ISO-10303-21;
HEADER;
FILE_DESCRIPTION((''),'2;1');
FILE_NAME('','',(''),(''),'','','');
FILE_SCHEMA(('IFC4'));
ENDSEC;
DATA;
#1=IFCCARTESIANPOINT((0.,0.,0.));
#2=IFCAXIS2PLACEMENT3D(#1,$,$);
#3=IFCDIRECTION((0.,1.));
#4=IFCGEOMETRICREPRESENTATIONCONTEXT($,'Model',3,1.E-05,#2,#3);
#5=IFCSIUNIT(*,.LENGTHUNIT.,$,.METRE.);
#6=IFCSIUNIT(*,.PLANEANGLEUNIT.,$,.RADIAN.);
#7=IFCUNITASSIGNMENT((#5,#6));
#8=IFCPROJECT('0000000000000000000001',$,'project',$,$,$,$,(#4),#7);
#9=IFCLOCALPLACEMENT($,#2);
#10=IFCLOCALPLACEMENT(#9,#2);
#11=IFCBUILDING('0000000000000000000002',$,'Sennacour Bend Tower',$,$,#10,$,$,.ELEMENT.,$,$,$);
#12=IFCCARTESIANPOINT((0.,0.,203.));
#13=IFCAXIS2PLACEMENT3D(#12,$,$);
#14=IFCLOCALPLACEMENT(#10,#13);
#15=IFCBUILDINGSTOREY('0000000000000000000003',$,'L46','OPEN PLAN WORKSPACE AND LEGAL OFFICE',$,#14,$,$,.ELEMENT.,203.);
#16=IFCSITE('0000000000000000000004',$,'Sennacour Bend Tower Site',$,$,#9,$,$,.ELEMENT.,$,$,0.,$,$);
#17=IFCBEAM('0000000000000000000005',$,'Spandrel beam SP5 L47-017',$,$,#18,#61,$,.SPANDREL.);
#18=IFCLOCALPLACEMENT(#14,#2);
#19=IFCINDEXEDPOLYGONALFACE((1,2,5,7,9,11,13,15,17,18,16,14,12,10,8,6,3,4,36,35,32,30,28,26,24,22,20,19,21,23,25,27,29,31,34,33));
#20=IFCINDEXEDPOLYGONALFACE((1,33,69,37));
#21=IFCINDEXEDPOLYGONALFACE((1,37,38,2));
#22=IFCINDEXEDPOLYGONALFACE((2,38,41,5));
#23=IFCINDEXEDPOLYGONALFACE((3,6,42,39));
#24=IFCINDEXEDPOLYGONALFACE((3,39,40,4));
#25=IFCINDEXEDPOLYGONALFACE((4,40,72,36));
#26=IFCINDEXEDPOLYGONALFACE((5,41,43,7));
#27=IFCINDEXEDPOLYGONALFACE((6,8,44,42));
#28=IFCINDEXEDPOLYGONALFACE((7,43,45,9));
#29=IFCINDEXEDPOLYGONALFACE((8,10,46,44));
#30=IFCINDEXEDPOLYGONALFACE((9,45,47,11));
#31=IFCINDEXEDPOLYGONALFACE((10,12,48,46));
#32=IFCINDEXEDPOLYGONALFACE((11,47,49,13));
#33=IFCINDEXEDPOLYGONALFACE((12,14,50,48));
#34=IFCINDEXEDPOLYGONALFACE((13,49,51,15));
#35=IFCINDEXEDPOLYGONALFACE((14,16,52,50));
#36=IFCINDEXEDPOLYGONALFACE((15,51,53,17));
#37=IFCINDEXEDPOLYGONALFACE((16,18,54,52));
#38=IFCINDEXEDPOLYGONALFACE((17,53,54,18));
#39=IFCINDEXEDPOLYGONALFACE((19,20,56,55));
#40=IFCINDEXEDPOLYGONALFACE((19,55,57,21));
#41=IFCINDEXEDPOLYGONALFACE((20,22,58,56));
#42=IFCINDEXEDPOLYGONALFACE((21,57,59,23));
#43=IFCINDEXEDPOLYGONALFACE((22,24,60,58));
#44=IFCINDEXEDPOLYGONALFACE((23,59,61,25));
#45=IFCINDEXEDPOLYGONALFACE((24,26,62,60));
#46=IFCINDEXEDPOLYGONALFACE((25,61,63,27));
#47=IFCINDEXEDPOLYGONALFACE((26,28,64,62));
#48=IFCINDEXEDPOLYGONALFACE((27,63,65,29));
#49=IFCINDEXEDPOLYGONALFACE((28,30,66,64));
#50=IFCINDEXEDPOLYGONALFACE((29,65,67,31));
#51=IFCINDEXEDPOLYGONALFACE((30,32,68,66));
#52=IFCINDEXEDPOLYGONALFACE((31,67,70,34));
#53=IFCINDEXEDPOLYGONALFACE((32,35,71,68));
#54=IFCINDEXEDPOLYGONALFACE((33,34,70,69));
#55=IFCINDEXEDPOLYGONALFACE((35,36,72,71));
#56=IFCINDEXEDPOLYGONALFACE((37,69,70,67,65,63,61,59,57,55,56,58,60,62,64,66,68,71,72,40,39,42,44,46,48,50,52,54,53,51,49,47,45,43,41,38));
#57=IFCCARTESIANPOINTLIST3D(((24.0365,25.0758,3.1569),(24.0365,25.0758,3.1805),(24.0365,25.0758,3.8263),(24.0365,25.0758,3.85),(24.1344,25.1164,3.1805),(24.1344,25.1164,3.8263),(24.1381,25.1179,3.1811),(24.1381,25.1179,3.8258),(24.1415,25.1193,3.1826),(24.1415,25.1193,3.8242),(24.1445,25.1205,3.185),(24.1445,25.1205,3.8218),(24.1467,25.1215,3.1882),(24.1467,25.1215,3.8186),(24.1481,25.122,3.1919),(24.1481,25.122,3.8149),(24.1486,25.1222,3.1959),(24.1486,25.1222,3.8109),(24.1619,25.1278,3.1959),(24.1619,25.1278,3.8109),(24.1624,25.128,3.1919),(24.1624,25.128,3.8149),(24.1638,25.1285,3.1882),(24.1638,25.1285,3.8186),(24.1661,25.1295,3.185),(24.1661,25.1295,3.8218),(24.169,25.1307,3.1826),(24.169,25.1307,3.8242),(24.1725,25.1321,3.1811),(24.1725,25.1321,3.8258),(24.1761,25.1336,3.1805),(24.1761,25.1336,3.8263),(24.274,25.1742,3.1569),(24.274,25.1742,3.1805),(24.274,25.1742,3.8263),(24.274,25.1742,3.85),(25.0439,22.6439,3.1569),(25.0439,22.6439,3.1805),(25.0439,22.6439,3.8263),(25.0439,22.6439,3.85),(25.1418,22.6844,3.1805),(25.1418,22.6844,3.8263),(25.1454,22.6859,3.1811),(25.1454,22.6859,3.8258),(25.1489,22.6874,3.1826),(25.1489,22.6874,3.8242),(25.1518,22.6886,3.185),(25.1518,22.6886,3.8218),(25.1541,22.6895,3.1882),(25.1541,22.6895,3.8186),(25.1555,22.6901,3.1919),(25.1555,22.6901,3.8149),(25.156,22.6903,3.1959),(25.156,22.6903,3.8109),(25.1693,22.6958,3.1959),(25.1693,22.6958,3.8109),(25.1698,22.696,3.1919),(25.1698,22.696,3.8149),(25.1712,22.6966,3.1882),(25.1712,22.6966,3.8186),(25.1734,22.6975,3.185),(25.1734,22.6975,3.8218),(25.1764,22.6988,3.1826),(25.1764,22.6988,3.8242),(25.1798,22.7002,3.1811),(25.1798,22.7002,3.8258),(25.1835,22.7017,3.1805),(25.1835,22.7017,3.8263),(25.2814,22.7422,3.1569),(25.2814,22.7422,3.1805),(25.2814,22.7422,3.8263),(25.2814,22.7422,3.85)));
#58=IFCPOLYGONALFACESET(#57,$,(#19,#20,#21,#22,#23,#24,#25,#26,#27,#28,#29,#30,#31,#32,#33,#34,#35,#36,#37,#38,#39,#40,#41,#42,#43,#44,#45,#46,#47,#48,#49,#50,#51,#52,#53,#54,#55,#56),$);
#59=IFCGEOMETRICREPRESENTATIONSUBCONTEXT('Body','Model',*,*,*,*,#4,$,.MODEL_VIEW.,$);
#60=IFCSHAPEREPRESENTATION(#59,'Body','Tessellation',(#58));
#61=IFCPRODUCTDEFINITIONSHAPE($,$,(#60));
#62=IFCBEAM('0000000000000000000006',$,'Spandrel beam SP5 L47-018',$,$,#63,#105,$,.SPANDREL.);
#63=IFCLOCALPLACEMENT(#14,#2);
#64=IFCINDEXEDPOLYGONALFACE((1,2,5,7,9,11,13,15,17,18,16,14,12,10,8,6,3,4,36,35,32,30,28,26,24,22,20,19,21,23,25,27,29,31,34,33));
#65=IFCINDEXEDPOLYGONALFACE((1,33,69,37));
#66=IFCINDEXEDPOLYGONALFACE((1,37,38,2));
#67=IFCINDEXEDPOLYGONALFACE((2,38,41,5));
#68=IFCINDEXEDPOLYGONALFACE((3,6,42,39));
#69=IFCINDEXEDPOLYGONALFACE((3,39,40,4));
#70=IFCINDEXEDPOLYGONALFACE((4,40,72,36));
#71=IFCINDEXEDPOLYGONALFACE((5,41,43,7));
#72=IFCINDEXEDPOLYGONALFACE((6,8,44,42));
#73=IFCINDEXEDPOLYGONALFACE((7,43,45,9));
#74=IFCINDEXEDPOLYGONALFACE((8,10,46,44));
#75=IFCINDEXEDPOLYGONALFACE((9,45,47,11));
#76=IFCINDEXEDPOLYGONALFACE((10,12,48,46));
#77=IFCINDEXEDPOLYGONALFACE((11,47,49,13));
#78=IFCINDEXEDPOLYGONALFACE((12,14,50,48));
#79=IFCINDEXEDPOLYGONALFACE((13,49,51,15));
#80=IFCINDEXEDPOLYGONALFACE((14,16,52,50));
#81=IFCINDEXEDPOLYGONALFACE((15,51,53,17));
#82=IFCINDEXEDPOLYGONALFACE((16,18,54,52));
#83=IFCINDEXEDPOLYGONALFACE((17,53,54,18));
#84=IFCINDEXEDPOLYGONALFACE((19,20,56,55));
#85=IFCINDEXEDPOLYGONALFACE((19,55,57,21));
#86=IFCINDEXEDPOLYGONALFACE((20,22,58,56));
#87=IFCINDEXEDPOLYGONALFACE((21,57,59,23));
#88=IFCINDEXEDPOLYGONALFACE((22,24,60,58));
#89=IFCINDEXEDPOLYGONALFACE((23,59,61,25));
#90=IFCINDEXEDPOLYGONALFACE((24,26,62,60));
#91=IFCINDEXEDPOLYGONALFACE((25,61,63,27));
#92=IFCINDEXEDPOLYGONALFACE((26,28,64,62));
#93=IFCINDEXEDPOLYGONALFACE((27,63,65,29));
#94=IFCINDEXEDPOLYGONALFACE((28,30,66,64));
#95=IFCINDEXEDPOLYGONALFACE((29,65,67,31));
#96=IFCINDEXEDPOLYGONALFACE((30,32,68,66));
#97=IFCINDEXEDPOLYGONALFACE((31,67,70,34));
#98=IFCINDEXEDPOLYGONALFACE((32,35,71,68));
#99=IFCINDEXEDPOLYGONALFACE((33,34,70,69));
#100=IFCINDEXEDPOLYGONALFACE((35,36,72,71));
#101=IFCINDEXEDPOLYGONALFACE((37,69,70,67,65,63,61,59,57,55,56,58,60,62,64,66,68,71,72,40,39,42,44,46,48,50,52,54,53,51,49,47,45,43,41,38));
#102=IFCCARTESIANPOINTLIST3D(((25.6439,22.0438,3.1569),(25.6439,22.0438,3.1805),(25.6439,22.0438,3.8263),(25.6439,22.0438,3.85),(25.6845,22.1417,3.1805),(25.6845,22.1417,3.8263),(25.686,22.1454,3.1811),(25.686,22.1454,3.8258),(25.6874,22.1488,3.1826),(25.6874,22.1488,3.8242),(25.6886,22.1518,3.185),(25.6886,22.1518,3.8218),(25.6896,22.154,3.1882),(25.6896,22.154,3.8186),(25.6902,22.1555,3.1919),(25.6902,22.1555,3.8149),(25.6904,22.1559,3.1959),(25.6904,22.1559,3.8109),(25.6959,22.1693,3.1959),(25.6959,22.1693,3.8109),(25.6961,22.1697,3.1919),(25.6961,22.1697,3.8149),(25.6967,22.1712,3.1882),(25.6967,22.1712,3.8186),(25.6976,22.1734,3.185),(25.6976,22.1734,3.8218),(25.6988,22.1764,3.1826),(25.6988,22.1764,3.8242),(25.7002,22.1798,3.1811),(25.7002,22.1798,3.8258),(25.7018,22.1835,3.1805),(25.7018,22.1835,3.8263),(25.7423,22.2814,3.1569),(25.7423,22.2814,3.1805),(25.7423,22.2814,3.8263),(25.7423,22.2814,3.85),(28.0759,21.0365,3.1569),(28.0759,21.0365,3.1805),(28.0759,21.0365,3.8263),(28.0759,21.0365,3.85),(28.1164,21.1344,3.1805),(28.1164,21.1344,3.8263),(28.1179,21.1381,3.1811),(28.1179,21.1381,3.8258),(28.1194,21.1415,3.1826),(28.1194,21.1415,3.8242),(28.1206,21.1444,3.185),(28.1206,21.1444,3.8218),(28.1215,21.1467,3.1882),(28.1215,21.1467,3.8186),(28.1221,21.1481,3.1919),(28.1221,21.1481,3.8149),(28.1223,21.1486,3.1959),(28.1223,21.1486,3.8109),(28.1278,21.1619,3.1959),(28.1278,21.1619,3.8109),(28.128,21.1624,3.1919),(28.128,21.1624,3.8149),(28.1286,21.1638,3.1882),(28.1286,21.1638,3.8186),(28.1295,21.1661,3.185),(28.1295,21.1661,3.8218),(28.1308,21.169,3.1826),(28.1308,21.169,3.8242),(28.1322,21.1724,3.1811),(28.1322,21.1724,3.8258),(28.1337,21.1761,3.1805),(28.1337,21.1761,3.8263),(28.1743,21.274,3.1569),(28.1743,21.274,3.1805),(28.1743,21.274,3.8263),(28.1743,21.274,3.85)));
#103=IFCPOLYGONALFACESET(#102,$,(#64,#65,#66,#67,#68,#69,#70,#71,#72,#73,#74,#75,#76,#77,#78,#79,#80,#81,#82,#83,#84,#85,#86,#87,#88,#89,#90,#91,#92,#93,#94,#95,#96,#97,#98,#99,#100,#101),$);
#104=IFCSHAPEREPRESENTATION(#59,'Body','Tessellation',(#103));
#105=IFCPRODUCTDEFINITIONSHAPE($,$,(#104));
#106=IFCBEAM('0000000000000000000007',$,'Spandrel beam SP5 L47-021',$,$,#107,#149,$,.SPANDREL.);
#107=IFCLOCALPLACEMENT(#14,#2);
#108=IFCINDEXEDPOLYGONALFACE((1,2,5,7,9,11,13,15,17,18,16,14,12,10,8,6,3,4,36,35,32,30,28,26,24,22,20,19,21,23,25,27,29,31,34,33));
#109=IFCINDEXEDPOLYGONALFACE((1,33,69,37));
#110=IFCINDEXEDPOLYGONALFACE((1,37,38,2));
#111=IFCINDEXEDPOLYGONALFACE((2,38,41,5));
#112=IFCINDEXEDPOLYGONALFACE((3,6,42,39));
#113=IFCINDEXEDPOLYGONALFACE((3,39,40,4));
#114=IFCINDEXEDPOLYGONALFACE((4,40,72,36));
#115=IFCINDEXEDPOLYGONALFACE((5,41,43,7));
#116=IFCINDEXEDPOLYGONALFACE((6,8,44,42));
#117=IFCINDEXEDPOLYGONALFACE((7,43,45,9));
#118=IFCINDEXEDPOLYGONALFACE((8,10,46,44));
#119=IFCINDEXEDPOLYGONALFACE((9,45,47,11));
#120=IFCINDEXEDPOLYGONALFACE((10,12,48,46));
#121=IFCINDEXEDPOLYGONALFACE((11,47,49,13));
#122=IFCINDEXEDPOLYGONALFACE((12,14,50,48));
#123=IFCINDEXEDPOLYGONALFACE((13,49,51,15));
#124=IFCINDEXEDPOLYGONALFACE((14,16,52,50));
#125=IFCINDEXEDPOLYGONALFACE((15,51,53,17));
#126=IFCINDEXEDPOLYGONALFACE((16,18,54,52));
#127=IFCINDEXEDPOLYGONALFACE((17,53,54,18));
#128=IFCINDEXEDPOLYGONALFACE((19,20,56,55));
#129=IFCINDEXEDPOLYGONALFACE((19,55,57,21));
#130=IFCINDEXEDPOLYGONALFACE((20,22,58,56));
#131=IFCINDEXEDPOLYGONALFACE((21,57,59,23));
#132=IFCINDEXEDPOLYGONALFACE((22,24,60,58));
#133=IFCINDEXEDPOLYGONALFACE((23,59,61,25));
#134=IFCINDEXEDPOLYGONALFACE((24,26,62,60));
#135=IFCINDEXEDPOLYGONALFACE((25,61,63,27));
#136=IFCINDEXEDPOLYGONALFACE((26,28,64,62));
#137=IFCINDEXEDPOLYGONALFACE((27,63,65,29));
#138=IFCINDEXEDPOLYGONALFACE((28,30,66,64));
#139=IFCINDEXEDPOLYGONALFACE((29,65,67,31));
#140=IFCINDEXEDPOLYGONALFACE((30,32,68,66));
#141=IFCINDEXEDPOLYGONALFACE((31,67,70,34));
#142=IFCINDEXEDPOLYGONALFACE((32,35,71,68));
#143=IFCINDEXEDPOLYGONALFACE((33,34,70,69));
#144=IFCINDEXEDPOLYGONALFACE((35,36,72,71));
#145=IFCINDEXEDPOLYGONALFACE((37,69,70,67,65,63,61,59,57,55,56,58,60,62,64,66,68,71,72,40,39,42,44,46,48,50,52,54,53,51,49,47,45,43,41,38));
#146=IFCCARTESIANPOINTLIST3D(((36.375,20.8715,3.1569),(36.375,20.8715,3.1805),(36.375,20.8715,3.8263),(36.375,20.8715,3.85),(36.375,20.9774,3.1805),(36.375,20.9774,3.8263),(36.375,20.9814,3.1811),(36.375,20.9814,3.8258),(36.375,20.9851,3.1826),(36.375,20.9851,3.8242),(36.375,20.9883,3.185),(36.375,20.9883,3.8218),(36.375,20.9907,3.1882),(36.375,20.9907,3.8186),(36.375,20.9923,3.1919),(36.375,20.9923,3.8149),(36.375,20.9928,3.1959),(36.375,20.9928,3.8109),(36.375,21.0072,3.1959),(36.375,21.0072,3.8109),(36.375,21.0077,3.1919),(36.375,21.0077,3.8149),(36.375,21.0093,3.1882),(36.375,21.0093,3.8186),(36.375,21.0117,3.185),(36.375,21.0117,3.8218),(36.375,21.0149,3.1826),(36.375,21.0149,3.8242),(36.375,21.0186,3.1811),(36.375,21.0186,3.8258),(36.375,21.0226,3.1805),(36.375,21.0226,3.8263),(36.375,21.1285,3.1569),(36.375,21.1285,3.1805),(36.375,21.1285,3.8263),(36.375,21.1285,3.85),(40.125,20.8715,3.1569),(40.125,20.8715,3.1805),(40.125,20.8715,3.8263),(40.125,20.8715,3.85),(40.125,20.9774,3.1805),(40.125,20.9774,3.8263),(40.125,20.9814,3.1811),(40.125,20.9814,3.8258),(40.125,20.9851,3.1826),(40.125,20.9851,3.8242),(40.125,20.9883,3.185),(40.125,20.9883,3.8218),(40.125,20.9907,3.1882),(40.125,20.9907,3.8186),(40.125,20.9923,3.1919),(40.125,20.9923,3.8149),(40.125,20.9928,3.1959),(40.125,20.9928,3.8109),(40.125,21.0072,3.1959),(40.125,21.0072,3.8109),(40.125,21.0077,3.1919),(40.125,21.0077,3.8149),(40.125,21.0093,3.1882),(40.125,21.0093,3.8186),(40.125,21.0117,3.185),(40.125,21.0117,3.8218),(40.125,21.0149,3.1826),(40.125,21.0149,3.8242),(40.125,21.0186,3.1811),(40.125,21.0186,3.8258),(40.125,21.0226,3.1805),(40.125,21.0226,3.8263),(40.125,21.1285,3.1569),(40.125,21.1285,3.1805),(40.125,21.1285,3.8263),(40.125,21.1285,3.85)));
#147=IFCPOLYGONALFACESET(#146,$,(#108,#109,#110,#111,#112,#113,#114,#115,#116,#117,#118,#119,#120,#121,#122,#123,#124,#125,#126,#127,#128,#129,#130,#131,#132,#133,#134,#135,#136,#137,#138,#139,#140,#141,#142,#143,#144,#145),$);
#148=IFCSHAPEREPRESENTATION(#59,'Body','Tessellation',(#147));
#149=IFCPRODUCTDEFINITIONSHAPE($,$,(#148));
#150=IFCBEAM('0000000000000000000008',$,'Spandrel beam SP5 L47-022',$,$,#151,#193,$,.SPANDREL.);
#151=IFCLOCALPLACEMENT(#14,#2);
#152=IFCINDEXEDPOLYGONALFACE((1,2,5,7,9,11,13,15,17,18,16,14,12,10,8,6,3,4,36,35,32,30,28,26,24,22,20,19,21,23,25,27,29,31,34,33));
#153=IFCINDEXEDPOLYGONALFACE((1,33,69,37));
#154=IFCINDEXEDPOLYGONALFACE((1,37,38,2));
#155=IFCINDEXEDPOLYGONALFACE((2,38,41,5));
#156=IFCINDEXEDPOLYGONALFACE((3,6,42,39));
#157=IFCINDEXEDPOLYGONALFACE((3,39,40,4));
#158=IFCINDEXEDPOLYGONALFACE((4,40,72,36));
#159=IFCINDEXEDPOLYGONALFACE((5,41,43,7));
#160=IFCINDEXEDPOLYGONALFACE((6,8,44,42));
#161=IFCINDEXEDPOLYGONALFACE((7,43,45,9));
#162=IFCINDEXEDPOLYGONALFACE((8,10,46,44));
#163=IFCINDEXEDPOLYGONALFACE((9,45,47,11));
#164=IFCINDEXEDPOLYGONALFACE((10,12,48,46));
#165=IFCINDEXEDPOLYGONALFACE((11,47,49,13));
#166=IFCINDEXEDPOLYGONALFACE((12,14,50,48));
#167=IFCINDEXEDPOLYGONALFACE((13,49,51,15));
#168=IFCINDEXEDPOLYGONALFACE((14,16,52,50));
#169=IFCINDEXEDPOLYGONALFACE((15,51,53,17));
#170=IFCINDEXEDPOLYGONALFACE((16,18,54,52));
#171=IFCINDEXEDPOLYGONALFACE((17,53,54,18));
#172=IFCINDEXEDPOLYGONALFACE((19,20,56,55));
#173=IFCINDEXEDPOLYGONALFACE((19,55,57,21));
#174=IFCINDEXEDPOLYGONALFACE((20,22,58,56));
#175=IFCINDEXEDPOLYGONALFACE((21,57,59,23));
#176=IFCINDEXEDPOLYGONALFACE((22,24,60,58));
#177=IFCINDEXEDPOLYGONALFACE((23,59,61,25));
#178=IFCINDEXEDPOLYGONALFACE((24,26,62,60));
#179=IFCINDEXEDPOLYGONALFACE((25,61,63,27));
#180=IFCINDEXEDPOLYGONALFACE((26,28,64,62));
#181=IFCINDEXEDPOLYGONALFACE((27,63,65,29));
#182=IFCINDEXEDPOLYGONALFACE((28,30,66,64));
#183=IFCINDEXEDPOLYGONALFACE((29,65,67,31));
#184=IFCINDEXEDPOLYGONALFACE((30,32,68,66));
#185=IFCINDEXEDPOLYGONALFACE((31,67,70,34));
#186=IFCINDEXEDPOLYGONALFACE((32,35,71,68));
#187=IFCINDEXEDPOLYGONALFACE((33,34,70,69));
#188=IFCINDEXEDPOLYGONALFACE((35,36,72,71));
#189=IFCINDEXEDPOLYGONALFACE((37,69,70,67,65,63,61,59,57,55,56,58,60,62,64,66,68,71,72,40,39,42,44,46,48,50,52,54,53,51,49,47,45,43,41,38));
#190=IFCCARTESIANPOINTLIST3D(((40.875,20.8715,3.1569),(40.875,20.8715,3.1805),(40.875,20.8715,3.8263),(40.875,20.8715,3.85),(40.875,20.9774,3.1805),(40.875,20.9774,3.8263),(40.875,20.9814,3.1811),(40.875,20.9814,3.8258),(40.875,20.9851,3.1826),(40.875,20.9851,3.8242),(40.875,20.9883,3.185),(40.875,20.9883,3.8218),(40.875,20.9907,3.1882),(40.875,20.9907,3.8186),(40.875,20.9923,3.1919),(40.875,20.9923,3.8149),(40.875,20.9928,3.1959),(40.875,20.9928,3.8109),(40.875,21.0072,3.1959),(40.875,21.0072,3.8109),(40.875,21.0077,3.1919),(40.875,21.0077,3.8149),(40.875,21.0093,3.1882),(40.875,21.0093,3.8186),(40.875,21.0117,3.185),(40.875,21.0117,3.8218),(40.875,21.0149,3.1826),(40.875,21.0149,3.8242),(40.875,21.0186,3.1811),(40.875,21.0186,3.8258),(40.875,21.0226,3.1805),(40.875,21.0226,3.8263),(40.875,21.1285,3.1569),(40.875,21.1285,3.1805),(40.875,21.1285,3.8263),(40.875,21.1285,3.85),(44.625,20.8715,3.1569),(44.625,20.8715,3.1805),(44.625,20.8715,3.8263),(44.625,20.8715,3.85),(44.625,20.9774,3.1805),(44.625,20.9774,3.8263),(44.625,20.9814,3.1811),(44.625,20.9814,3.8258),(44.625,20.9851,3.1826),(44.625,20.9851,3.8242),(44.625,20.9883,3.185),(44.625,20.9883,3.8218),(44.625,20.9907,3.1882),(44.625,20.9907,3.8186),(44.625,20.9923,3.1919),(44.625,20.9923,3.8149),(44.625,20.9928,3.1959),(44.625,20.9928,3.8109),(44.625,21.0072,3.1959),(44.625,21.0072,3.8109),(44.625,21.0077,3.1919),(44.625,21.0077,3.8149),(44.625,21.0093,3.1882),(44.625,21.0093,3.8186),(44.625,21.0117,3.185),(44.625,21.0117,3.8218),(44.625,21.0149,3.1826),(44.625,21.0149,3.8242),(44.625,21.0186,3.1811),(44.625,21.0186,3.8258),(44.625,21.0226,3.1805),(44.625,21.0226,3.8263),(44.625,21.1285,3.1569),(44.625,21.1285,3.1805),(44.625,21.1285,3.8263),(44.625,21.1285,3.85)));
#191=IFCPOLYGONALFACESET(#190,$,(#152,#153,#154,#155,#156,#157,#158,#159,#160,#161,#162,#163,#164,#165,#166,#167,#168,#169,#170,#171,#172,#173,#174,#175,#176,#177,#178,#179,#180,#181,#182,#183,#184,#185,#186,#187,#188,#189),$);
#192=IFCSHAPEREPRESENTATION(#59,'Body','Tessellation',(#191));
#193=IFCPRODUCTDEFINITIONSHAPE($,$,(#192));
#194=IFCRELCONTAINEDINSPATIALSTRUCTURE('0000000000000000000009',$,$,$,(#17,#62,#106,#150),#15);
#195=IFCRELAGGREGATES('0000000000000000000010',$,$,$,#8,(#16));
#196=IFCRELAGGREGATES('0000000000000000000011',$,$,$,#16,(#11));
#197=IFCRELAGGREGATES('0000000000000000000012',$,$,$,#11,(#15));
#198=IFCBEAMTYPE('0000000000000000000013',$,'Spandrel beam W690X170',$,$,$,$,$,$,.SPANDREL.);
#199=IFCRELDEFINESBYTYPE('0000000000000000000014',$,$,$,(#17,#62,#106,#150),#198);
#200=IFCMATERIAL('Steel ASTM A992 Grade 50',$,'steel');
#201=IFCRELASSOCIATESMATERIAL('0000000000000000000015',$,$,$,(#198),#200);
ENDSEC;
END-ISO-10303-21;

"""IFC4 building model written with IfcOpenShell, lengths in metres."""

from ifc_helpers import new_model, si_unit, direction, frame, origin, origin_2d, place, context, subcontext, project, spatial, i_section, extrude, material, material_profile, profile_set, type_object, element, save


model = new_model("IFC4")

# Units and contexts
model_context = context("Model", 3, precision=1e-05, world=origin(), true_north=direction((0.0, 1.0)))
body_context = subcontext(model_context, "Body", "Model", "MODEL_VIEW")
ifc_project = project(units=[si_unit("LENGTHUNIT", "METRE"), si_unit("PLANEANGLEUNIT", "RADIAN")], contexts=[model_context])

# Site, building, storey
site_placement = place(None, origin())
site = spatial("IfcSite", under=ifc_project, at=site_placement, Name="Sennacour Bend Tower Site", CompositionType="ELEMENT", RefElevation=0.0)
building_placement = place(site_placement, origin())
building = spatial("IfcBuilding", under=site, at=building_placement, Name="Sennacour Bend Tower", CompositionType="ELEMENT")
storey_placement = place(building_placement, frame((0.0, 0.0, 203.0)))
storey = spatial("IfcBuildingStorey", under=building, at=storey_placement, Name="L46", Description="OPEN PLAN WORKSPACE AND LEGAL OFFICE", CompositionType="ELEMENT", Elevation=203.0)

# Beams
ifc_material_1 = material(Name="Steel ASTM A992 Grade 50", Category="steel")
ifc_material_profile_1 = material_profile(ifc_material_1, i_section(OverallWidth=0.2571, OverallDepth=0.6931, WebThickness=0.0144, FlangeThickness=0.0237, FilletRadius=0.0154, at=origin_2d()), Name="Steel ASTM A992 Grade 50", Category="steel")
ifc_profile_set_1 = profile_set([ifc_material_profile_1], Name="Steel ASTM A992 Grade 50")
beam_type = type_object("IfcBeamType", Name="Spandrel beam W690X170", PredefinedType="SPANDREL", material=ifc_profile_set_1)
for number, where, z_axis, x_axis, name in (
    (1, (24.1553, 25.125, 3.5034), (0.382685, -0.923879, 0.0), (0.923879, 0.382685, 0.0), "Spandrel beam SP5 L47-017"),
    (2, (25.6931, 22.1626, 3.5034), (0.923879, -0.382685, 0.0), (0.382685, 0.923879, 0.0), "Spandrel beam SP5 L47-018"),
):
    element("IfcBeam", number, at=place(storey_placement, frame(where, z_axis=z_axis, x_axis=x_axis)), inside=storey, type_object=beam_type, Name=name, PredefinedType="SPANDREL", context=body_context, shape_type="SweptSolid", body=[
        extrude(i_section(OverallWidth=0.2571, OverallDepth=0.6931, WebThickness=0.0144, FlangeThickness=0.0237, FilletRadius=0.0154, at=origin_2d()), origin(), (0.0, 0.0, 1.0), 2.6323),
    ])
for number, where, z_axis, x_axis, name in (
    (3, (36.375, 21.0, 3.5034), (1.0, 0.0, 0.0), (0.0, 1.0, 0.0), "Spandrel beam SP5 L47-021"),
    (4, (40.875, 21.0, 3.5034), (1.0, 0.0, 0.0), (0.0, 1.0, 0.0), "Spandrel beam SP5 L47-022"),
):
    element("IfcBeam", number, at=place(storey_placement, frame(where, z_axis=z_axis, x_axis=x_axis)), inside=storey, type_object=beam_type, Name=name, PredefinedType="SPANDREL", context=body_context, shape_type="SweptSolid", body=[
        extrude(i_section(OverallWidth=0.2571, OverallDepth=0.6931, WebThickness=0.0144, FlangeThickness=0.0237, FilletRadius=0.0154, at=origin_2d()), origin(), (0.0, 0.0, 1.0), 3.75),
    ])

save(model, "model.ifc")
